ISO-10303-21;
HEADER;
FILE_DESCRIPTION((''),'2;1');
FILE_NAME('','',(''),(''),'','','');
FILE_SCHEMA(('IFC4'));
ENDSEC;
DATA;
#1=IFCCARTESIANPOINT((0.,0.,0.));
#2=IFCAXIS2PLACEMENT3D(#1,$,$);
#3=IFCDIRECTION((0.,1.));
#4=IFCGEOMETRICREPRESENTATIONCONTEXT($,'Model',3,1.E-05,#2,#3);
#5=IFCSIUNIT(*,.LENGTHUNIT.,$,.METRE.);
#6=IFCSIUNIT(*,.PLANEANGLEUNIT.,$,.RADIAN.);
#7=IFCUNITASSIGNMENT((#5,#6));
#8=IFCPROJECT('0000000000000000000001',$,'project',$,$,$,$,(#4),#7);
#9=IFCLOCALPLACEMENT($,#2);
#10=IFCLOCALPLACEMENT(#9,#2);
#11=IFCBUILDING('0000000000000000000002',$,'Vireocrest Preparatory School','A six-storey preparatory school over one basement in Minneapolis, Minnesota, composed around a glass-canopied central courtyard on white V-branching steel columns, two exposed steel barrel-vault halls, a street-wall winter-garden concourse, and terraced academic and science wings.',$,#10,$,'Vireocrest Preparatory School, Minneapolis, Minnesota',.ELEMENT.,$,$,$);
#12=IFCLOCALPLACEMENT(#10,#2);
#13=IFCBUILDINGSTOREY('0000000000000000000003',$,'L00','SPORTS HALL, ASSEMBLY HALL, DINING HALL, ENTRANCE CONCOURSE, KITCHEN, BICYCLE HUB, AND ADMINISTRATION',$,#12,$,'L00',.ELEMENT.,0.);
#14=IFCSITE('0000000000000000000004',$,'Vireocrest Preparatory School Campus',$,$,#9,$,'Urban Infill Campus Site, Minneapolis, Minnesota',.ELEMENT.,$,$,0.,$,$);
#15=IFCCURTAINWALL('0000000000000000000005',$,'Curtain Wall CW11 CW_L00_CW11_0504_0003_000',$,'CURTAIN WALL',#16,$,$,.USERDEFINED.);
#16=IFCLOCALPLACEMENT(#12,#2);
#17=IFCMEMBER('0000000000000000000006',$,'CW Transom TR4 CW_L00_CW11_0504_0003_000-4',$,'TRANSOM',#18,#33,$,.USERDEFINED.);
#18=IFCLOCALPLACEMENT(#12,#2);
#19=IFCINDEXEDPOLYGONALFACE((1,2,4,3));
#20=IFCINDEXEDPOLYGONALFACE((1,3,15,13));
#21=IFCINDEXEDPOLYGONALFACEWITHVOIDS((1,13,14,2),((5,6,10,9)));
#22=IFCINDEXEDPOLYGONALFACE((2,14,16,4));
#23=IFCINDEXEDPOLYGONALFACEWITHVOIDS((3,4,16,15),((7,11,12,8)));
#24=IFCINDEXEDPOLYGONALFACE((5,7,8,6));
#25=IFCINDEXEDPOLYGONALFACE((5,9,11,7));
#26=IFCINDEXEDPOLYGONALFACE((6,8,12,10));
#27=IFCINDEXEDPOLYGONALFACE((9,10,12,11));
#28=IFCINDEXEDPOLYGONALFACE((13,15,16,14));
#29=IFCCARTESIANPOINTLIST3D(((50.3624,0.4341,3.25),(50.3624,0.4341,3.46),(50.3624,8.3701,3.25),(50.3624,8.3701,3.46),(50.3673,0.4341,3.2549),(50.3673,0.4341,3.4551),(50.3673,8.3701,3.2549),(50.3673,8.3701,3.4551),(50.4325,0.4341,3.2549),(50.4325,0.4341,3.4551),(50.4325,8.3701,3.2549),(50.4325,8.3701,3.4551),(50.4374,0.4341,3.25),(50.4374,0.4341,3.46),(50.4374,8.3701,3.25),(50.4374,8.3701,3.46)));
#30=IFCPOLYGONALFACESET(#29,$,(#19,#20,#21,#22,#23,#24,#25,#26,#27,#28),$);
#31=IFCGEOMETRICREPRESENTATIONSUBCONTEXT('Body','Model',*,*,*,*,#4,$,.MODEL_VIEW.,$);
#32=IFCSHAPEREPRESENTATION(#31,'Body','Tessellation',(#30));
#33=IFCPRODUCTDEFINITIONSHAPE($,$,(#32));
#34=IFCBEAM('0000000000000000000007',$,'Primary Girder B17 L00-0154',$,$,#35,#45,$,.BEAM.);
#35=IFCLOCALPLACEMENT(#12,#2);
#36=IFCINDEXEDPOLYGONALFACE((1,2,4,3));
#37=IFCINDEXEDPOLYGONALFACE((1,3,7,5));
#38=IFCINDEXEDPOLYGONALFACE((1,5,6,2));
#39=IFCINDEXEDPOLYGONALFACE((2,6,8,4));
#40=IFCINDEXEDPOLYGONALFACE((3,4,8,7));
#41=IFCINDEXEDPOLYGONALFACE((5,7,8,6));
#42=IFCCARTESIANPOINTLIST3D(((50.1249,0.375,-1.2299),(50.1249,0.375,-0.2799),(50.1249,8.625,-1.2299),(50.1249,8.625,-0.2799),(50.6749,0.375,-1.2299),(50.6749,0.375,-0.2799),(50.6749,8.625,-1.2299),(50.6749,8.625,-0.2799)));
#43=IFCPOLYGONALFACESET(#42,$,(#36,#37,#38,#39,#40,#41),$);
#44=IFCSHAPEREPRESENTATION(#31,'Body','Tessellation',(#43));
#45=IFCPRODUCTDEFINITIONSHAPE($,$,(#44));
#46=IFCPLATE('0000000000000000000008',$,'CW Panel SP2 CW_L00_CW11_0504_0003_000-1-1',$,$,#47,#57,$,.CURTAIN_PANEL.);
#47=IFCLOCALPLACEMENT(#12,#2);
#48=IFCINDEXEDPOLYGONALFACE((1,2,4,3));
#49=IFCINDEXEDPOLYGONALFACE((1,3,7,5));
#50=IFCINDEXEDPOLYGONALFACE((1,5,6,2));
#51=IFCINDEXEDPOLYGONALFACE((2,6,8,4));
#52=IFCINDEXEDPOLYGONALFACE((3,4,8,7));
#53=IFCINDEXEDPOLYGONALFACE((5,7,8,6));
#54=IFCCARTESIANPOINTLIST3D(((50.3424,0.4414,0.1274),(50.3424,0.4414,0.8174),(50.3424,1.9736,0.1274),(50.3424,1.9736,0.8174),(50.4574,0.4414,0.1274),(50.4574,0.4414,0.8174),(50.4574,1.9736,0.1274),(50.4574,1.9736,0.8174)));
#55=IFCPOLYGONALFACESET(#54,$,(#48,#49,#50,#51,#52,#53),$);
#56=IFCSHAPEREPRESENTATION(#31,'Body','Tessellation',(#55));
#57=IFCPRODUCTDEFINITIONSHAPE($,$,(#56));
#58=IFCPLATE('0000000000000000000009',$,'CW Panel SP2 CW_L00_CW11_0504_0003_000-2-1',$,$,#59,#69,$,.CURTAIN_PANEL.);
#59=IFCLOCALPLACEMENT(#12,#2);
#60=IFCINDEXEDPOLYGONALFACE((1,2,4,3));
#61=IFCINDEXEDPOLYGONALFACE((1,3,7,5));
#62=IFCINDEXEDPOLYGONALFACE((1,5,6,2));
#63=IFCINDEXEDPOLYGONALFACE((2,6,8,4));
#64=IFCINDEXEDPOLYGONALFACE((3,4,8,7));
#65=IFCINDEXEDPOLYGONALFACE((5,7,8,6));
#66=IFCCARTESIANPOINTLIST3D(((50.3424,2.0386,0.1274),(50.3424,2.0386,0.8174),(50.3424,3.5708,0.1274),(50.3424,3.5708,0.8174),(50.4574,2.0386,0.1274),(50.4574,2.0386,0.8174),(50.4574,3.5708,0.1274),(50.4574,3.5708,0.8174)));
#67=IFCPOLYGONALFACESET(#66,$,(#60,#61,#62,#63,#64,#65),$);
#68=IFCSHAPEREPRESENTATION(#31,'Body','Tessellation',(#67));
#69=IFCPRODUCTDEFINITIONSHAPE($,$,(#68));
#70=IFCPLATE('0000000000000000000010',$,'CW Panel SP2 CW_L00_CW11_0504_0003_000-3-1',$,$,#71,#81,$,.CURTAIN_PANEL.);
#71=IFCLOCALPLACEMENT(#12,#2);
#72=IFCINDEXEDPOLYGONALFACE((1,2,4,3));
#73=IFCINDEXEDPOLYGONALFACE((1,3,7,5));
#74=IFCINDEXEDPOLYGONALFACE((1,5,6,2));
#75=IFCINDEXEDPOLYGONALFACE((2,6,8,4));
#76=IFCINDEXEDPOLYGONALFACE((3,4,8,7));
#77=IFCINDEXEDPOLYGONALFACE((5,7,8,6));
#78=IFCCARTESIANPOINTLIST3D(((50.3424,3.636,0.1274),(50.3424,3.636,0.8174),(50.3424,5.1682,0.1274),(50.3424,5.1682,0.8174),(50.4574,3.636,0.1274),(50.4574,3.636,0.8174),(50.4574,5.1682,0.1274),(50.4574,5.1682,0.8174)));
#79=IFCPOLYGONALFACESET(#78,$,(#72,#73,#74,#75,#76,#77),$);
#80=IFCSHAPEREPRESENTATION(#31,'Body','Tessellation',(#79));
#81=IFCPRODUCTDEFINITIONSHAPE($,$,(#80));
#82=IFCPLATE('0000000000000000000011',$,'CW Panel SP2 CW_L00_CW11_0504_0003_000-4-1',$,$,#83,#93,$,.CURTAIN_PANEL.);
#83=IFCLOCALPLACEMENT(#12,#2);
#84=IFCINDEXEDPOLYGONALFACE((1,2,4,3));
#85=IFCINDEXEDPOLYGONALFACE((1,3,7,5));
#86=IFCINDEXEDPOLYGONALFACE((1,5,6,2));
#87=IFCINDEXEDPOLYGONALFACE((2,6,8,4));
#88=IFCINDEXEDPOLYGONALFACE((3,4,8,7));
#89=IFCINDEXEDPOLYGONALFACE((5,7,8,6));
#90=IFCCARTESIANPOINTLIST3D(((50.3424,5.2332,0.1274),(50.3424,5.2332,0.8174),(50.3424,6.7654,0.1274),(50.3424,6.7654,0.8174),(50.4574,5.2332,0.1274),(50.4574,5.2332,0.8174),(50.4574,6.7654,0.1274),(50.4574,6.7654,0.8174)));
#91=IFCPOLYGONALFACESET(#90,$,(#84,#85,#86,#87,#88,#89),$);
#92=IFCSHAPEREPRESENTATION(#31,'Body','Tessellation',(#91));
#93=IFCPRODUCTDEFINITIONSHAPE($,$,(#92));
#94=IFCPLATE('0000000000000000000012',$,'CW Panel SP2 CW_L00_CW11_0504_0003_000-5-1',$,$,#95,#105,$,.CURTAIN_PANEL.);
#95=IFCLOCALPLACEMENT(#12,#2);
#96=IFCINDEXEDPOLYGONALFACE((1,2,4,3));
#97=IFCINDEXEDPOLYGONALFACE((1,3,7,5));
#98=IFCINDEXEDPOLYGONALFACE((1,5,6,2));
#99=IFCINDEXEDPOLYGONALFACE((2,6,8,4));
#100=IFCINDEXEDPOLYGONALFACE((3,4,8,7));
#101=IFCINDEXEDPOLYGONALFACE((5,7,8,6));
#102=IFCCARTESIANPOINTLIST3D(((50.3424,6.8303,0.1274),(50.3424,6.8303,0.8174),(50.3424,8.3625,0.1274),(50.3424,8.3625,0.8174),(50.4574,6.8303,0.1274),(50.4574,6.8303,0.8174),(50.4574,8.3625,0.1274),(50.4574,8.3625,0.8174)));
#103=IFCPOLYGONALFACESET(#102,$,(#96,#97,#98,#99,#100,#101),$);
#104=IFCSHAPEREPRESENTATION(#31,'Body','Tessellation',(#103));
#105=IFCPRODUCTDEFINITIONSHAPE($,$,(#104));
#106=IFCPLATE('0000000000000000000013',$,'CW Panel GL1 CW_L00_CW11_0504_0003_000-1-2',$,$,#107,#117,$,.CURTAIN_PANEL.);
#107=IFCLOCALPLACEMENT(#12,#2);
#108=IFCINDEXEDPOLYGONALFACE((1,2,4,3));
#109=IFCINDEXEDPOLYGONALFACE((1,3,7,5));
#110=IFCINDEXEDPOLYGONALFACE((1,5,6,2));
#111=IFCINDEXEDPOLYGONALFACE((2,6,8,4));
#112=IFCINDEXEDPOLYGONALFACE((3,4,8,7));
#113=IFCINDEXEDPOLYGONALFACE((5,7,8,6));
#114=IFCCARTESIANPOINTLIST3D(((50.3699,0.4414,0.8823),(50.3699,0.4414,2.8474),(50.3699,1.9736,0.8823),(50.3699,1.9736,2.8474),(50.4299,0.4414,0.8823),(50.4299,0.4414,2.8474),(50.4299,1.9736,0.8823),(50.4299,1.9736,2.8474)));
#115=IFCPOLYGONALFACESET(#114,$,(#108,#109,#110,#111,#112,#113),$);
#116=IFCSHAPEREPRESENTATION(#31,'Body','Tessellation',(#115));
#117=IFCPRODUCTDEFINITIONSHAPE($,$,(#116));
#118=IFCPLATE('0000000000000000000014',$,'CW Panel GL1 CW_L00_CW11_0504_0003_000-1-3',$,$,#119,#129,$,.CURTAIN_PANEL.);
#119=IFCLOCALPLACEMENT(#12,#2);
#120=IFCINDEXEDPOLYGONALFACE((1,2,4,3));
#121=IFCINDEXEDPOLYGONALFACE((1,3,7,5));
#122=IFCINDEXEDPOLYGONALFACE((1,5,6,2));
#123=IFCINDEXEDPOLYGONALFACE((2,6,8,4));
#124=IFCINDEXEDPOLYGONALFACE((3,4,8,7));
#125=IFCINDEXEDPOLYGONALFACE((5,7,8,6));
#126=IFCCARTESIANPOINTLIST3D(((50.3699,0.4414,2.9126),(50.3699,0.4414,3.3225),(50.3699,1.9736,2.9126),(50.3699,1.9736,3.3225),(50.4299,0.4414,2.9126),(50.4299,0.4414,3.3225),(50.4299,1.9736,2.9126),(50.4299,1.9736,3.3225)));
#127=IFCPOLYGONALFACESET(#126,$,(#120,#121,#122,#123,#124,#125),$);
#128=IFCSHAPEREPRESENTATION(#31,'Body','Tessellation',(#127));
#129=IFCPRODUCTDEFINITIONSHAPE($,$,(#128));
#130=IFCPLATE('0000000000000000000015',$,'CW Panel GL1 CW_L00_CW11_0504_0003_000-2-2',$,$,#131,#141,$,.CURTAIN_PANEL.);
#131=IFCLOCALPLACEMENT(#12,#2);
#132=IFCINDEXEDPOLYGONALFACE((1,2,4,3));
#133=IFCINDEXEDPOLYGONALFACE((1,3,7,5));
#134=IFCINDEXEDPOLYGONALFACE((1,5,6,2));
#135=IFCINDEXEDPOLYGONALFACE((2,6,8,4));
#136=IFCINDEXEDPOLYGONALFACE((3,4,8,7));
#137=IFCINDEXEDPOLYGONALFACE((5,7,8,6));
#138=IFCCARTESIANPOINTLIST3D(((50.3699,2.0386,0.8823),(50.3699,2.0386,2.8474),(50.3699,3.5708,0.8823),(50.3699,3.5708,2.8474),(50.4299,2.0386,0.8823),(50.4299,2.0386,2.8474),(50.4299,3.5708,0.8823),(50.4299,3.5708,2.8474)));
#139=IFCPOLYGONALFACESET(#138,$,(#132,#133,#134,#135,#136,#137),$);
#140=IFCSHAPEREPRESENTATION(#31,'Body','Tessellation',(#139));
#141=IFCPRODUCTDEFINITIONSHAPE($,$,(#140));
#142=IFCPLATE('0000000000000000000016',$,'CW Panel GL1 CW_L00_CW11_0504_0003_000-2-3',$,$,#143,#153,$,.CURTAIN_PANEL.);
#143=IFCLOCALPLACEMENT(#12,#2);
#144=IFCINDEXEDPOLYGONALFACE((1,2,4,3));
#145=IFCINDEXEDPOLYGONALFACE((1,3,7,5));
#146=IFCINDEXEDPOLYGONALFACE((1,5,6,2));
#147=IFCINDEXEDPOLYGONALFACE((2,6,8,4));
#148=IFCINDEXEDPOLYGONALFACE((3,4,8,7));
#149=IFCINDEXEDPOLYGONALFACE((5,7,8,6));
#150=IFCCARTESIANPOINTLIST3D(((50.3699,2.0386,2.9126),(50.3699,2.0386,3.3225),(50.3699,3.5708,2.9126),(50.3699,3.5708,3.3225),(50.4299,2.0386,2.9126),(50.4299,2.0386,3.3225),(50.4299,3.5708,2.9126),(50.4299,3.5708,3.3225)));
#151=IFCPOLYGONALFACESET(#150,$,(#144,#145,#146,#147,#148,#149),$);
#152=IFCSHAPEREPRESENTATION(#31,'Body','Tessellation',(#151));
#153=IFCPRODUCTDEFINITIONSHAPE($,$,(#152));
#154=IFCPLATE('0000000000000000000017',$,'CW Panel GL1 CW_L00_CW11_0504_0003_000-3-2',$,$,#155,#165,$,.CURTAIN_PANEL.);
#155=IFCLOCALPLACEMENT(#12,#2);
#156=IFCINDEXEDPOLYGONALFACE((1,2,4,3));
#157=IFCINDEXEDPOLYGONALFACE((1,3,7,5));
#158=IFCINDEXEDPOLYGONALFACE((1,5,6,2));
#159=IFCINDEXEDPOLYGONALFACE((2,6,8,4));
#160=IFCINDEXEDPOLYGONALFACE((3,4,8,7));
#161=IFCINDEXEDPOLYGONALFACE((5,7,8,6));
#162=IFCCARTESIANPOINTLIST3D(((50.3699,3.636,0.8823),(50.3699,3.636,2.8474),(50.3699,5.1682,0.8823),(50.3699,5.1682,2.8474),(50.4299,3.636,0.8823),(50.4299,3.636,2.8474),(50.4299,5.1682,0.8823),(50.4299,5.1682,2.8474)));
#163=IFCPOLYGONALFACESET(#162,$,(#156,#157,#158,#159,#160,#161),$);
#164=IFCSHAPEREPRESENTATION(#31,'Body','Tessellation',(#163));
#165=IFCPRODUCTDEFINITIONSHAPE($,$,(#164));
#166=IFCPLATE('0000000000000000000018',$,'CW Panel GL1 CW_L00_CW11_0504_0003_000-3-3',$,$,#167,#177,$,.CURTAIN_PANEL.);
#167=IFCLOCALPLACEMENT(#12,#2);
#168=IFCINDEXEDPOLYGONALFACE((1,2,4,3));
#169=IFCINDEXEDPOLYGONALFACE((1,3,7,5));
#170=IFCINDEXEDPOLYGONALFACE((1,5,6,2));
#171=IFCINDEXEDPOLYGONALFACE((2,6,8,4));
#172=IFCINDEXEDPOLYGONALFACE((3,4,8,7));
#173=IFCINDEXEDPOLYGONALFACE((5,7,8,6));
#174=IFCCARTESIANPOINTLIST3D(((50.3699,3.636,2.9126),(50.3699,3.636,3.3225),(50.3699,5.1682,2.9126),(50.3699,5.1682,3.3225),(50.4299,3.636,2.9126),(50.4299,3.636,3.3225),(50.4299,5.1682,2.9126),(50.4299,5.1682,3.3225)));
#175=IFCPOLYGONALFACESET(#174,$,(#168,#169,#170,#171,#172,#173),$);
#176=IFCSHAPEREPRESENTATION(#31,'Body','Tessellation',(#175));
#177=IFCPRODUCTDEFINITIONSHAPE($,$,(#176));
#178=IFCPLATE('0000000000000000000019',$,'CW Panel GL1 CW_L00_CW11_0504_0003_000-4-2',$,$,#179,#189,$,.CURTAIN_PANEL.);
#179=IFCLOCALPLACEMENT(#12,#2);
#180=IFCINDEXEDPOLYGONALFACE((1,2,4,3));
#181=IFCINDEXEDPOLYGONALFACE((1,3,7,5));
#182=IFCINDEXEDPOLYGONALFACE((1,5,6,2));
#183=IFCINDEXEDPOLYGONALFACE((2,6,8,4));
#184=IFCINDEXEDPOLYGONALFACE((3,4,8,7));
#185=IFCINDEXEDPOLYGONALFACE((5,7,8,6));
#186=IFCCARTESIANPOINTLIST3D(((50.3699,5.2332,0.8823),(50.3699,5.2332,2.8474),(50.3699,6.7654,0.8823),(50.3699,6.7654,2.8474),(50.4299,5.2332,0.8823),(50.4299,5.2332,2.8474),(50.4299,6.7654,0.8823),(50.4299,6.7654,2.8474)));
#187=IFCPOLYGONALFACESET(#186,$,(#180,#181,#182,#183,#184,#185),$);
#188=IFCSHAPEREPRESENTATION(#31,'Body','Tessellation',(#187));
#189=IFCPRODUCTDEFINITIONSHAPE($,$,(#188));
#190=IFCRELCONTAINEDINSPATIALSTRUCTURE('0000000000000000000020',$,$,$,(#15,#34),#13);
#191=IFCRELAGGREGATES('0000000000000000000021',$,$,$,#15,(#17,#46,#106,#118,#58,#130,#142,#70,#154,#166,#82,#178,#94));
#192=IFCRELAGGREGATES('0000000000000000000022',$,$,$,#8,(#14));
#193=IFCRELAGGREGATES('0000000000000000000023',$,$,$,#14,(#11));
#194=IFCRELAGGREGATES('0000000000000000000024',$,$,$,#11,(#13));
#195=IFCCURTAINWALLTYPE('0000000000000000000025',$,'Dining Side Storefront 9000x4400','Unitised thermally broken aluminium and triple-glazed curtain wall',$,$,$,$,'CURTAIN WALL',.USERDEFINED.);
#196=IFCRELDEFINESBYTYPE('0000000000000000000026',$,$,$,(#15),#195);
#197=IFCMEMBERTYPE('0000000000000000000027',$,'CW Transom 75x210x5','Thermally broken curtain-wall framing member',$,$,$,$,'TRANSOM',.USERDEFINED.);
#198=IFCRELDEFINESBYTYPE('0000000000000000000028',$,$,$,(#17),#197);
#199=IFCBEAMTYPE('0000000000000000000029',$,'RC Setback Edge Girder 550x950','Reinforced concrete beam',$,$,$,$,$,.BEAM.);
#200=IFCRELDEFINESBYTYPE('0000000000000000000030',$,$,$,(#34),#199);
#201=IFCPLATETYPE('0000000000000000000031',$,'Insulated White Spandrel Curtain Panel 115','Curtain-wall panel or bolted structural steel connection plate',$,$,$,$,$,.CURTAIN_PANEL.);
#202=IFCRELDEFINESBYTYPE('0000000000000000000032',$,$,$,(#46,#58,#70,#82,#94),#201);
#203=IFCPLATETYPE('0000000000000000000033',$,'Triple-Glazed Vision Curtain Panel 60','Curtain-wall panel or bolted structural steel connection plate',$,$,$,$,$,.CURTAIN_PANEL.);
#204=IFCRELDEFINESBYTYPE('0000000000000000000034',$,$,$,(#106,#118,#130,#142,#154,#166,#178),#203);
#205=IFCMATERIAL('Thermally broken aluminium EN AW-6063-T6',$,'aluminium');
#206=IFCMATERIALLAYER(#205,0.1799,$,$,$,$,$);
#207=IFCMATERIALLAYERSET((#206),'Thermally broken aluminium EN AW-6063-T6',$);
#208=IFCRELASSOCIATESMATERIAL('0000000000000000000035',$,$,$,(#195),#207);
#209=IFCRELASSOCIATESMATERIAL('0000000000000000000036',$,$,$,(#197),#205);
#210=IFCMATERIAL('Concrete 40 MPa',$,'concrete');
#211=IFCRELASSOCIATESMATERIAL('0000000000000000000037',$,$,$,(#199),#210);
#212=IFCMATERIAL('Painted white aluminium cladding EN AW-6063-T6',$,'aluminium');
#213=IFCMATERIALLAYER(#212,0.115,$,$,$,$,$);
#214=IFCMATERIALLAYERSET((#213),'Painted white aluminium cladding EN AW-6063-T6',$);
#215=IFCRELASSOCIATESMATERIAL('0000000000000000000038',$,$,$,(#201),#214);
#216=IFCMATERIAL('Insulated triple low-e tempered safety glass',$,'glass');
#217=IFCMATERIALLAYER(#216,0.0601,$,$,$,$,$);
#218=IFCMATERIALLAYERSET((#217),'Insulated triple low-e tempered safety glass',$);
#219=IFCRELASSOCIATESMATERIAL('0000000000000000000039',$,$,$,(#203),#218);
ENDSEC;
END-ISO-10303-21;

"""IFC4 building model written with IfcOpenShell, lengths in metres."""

from ifc_helpers import new_model, si_unit, direction, frame, origin, origin_2d, place, context, subcontext, project, spatial, rectangle, hollow_rectangle, extrude, material, layer, layer_set, material_profile, profile_set, type_object, element, aggregate, save


model = new_model("IFC4")

# Units and contexts
model_context = context("Model", 3, precision=1e-05, world=origin(), true_north=direction((0.0, 1.0)))
body_context = subcontext(model_context, "Body", "Model", "MODEL_VIEW")
ifc_project = project(units=[si_unit("LENGTHUNIT", "METRE"), si_unit("PLANEANGLEUNIT", "RADIAN")], contexts=[model_context])

# Site, building, storey
site_placement = place(None, origin())
site = spatial("IfcSite", under=ifc_project, at=site_placement, Name="Vireocrest Preparatory School Campus", LongName="Urban Infill Campus Site, Minneapolis, Minnesota", CompositionType="ELEMENT", RefElevation=0.0)
building_placement = place(site_placement, origin())
building = spatial("IfcBuilding", under=site, at=building_placement, Name="Vireocrest Preparatory School", Description="A six-storey preparatory school over one basement in Minneapolis, Minnesota, composed around a glass-canopied central courtyard on white V-branching steel columns, two exposed steel barrel-vault halls, a street-wall winter-garden concourse, and terraced academic and science wings.", LongName="Vireocrest Preparatory School, Minneapolis, Minnesota", CompositionType="ELEMENT")
storey_placement = place(building_placement, origin())
storey = spatial("IfcBuildingStorey", under=building, at=storey_placement, Name="L00", Description="SPORTS HALL, ASSEMBLY HALL, DINING HALL, ENTRANCE CONCOURSE, KITCHEN, BICYCLE HUB, AND ADMINISTRATION", LongName="L00", CompositionType="ELEMENT", Elevation=0.0)

# Curtain wall, member
ifc_material_1 = material(Name="Thermally broken aluminium EN AW-6063-T6", Category="aluminium")
ifc_layer_1 = layer(ifc_material_1, 0.1799)
ifc_layer_set_1 = layer_set([ifc_layer_1], Name="Thermally broken aluminium EN AW-6063-T6")
curtain_wall_type = type_object("IfcCurtainWallType", Name="Dining Side Storefront 9000x4400", Description="Unitised thermally broken aluminium and triple-glazed curtain wall", ElementType="CURTAIN WALL", PredefinedType="USERDEFINED", material=ifc_layer_set_1)
curtain_wall_placement = place(storey_placement, origin())
curtain_wall = element("IfcCurtainWall", 1, at=curtain_wall_placement, inside=storey, type_object=curtain_wall_type, Name="Curtain Wall CW11 CW_L00_CW11_0504_0003_000", ObjectType="CURTAIN WALL", PredefinedType="USERDEFINED")
ifc_material_profile_1 = material_profile(ifc_material_1, hollow_rectangle(XDim=0.075, YDim=0.21, WallThickness=0.0049, at=origin_2d()), Name="ALU 75x210x5")
ifc_profile_set_1 = profile_set([ifc_material_profile_1], Name="Thermally broken aluminium EN AW-6063-T6")
member_type_1 = type_object("IfcMemberType", Name="CW Transom 75x210x5", Description="Thermally broken curtain-wall framing member", ElementType="TRANSOM", PredefinedType="USERDEFINED", material=ifc_profile_set_1)
member_1_placement = place(storey_placement, frame((50.3999, 0.4341, 3.355), z_axis=(0.0, 1.0, 0.0), x_axis=(-1.0, 0.0, 0.0)))
member_1 = element("IfcMember", 2, at=member_1_placement, type_object=member_type_1, Name="CW Transom TR4 CW_L00_CW11_0504_0003_000-4", ObjectType="TRANSOM", PredefinedType="USERDEFINED", context=body_context, shape_type="SweptSolid", body=[
    extrude(hollow_rectangle(XDim=0.075, YDim=0.21, WallThickness=0.0049, at=origin_2d()), origin(), (0.0, 0.0, 1.0), 7.936),
])

# Beam
ifc_material_2 = material(Name="Concrete 40 MPa", Category="concrete")
ifc_material_profile_2 = material_profile(ifc_material_2, rectangle(XDim=0.55, YDim=0.95, at=origin_2d()), Name="RC 550x950")
ifc_profile_set_2 = profile_set([ifc_material_profile_2], Name="Concrete 40 MPa")
beam_type = type_object("IfcBeamType", Name="RC Setback Edge Girder 550x950", Description="Reinforced concrete beam", PredefinedType="BEAM", material=ifc_profile_set_2)
beam_placement = place(storey_placement, frame((50.3999, 0.375, -0.7549), z_axis=(0.0, 1.0, 0.0), x_axis=(-1.0, 0.0, 0.0)))
element("IfcBeam", 3, at=beam_placement, inside=storey, type_object=beam_type, Name="Primary Girder B17 L00-0154", PredefinedType="BEAM", context=body_context, shape_type="SweptSolid", body=[
    extrude(rectangle(XDim=0.55, YDim=0.95, at=origin_2d()), origin(), (0.0, 0.0, 1.0), 8.25),
])

# Plates
ifc_material_3 = material(Name="Painted white aluminium cladding EN AW-6063-T6", Category="aluminium")
ifc_layer_2 = layer(ifc_material_3, 0.115)
ifc_layer_set_2 = layer_set([ifc_layer_2], Name="Painted white aluminium cladding EN AW-6063-T6")
plate_type_1 = type_object("IfcPlateType", Name="Insulated White Spandrel Curtain Panel 115", Description="Curtain-wall panel or bolted structural steel connection plate", PredefinedType="CURTAIN_PANEL", material=ifc_layer_set_2)
plate_1_placement = place(storey_placement, frame((50.3999, 1.2075, 0.1274), z_axis=(0.0, 0.0, 1.0), x_axis=(0.0, 1.0, 0.0)))
plate_1 = element("IfcPlate", 4, at=plate_1_placement, type_object=plate_type_1, Name="CW Panel SP2 CW_L00_CW11_0504_0003_000-1-1", PredefinedType="CURTAIN_PANEL", context=body_context, shape_type="SweptSolid", body=[
    extrude(rectangle(XDim=1.5322, YDim=0.115, at=origin_2d()), origin(), (0.0, 0.0, 1.0), 0.6899),
])
plate_2_placement = place(storey_placement, frame((50.3999, 2.8047, 0.1274), z_axis=(0.0, 0.0, 1.0), x_axis=(0.0, 1.0, 0.0)))
plate_2 = element("IfcPlate", 5, at=plate_2_placement, type_object=plate_type_1, Name="CW Panel SP2 CW_L00_CW11_0504_0003_000-2-1", PredefinedType="CURTAIN_PANEL", context=body_context, shape_type="SweptSolid", body=[
    extrude(rectangle(XDim=1.5322, YDim=0.115, at=origin_2d()), origin(), (0.0, 0.0, 1.0), 0.6899),
])
plate_3_placement = place(storey_placement, frame((50.3999, 4.4021, 0.1274), z_axis=(0.0, 0.0, 1.0), x_axis=(0.0, 1.0, 0.0)))
plate_3 = element("IfcPlate", 6, at=plate_3_placement, type_object=plate_type_1, Name="CW Panel SP2 CW_L00_CW11_0504_0003_000-3-1", PredefinedType="CURTAIN_PANEL", context=body_context, shape_type="SweptSolid", body=[
    extrude(rectangle(XDim=1.5322, YDim=0.115, at=origin_2d()), origin(), (0.0, 0.0, 1.0), 0.6899),
])
plate_4_placement = place(storey_placement, frame((50.3999, 5.9993, 0.1274), z_axis=(0.0, 0.0, 1.0), x_axis=(0.0, 1.0, 0.0)))
plate_4 = element("IfcPlate", 7, at=plate_4_placement, type_object=plate_type_1, Name="CW Panel SP2 CW_L00_CW11_0504_0003_000-4-1", PredefinedType="CURTAIN_PANEL", context=body_context, shape_type="SweptSolid", body=[
    extrude(rectangle(XDim=1.5322, YDim=0.115, at=origin_2d()), origin(), (0.0, 0.0, 1.0), 0.6899),
])
plate_5_placement = place(storey_placement, frame((50.3999, 7.5964, 0.1274), z_axis=(0.0, 0.0, 1.0), x_axis=(0.0, 1.0, 0.0)))
plate_5 = element("IfcPlate", 8, at=plate_5_placement, type_object=plate_type_1, Name="CW Panel SP2 CW_L00_CW11_0504_0003_000-5-1", PredefinedType="CURTAIN_PANEL", context=body_context, shape_type="SweptSolid", body=[
    extrude(rectangle(XDim=1.5322, YDim=0.115, at=origin_2d()), origin(), (0.0, 0.0, 1.0), 0.6899),
])
ifc_material_4 = material(Name="Insulated triple low-e tempered safety glass", Category="glass")
ifc_layer_3 = layer(ifc_material_4, 0.0601)
ifc_layer_set_3 = layer_set([ifc_layer_3], Name="Insulated triple low-e tempered safety glass")
plate_type_2 = type_object("IfcPlateType", Name="Triple-Glazed Vision Curtain Panel 60", Description="Curtain-wall panel or bolted structural steel connection plate", PredefinedType="CURTAIN_PANEL", material=ifc_layer_set_3)
plate_6_placement = place(storey_placement, frame((50.3999, 1.2075, 0.8823), z_axis=(0.0, 0.0, 1.0), x_axis=(0.0, 1.0, 0.0)))
plate_6 = element("IfcPlate", 9, at=plate_6_placement, type_object=plate_type_2, Name="CW Panel GL1 CW_L00_CW11_0504_0003_000-1-2", PredefinedType="CURTAIN_PANEL", context=body_context, shape_type="SweptSolid", body=[
    extrude(rectangle(XDim=1.5322, YDim=0.0601, at=origin_2d()), origin(), (0.0, 0.0, 1.0), 1.9651),
])
plate_7_placement = place(storey_placement, frame((50.3999, 1.2075, 2.9126), z_axis=(0.0, 0.0, 1.0), x_axis=(0.0, 1.0, 0.0)))
plate_7 = element("IfcPlate", 10, at=plate_7_placement, type_object=plate_type_2, Name="CW Panel GL1 CW_L00_CW11_0504_0003_000-1-3", PredefinedType="CURTAIN_PANEL", context=body_context, shape_type="SweptSolid", body=[
    extrude(rectangle(XDim=1.5322, YDim=0.0601, at=origin_2d()), origin(), (0.0, 0.0, 1.0), 0.4099),
])
plate_8_placement = place(storey_placement, frame((50.3999, 2.8047, 0.8823), z_axis=(0.0, 0.0, 1.0), x_axis=(0.0, 1.0, 0.0)))
plate_8 = element("IfcPlate", 11, at=plate_8_placement, type_object=plate_type_2, Name="CW Panel GL1 CW_L00_CW11_0504_0003_000-2-2", PredefinedType="CURTAIN_PANEL", context=body_context, shape_type="SweptSolid", body=[
    extrude(rectangle(XDim=1.5322, YDim=0.0601, at=origin_2d()), origin(), (0.0, 0.0, 1.0), 1.9651),
])
plate_9_placement = place(storey_placement, frame((50.3999, 2.8047, 2.9126), z_axis=(0.0, 0.0, 1.0), x_axis=(0.0, 1.0, 0.0)))
plate_9 = element("IfcPlate", 12, at=plate_9_placement, type_object=plate_type_2, Name="CW Panel GL1 CW_L00_CW11_0504_0003_000-2-3", PredefinedType="CURTAIN_PANEL", context=body_context, shape_type="SweptSolid", body=[
    extrude(rectangle(XDim=1.5322, YDim=0.0601, at=origin_2d()), origin(), (0.0, 0.0, 1.0), 0.4099),
])
plate_10_placement = place(storey_placement, frame((50.3999, 4.4021, 0.8823), z_axis=(0.0, 0.0, 1.0), x_axis=(0.0, 1.0, 0.0)))
plate_10 = element("IfcPlate", 13, at=plate_10_placement, type_object=plate_type_2, Name="CW Panel GL1 CW_L00_CW11_0504_0003_000-3-2", PredefinedType="CURTAIN_PANEL", context=body_context, shape_type="SweptSolid", body=[
    extrude(rectangle(XDim=1.5322, YDim=0.0601, at=origin_2d()), origin(), (0.0, 0.0, 1.0), 1.9651),
])
plate_11_placement = place(storey_placement, frame((50.3999, 4.4021, 2.9126), z_axis=(0.0, 0.0, 1.0), x_axis=(0.0, 1.0, 0.0)))
plate_11 = element("IfcPlate", 14, at=plate_11_placement, type_object=plate_type_2, Name="CW Panel GL1 CW_L00_CW11_0504_0003_000-3-3", PredefinedType="CURTAIN_PANEL", context=body_context, shape_type="SweptSolid", body=[
    extrude(rectangle(XDim=1.5322, YDim=0.0601, at=origin_2d()), origin(), (0.0, 0.0, 1.0), 0.4099),
])
plate_12_placement = place(storey_placement, frame((50.3999, 5.9993, 0.8823), z_axis=(0.0, 0.0, 1.0), x_axis=(0.0, 1.0, 0.0)))
plate_12 = element("IfcPlate", 15, at=plate_12_placement, type_object=plate_type_2, Name="CW Panel GL1 CW_L00_CW11_0504_0003_000-4-2", PredefinedType="CURTAIN_PANEL", context=body_context, shape_type="SweptSolid", body=[
    extrude(rectangle(XDim=1.5322, YDim=0.0601, at=origin_2d()), origin(), (0.0, 0.0, 1.0), 1.9651),
])
aggregate(curtain_wall, [member_1, plate_1, plate_6, plate_7, plate_2, plate_8, plate_9, plate_3, plate_10, plate_11, plate_4, plate_12, plate_5])

save(model, "model.ifc")
